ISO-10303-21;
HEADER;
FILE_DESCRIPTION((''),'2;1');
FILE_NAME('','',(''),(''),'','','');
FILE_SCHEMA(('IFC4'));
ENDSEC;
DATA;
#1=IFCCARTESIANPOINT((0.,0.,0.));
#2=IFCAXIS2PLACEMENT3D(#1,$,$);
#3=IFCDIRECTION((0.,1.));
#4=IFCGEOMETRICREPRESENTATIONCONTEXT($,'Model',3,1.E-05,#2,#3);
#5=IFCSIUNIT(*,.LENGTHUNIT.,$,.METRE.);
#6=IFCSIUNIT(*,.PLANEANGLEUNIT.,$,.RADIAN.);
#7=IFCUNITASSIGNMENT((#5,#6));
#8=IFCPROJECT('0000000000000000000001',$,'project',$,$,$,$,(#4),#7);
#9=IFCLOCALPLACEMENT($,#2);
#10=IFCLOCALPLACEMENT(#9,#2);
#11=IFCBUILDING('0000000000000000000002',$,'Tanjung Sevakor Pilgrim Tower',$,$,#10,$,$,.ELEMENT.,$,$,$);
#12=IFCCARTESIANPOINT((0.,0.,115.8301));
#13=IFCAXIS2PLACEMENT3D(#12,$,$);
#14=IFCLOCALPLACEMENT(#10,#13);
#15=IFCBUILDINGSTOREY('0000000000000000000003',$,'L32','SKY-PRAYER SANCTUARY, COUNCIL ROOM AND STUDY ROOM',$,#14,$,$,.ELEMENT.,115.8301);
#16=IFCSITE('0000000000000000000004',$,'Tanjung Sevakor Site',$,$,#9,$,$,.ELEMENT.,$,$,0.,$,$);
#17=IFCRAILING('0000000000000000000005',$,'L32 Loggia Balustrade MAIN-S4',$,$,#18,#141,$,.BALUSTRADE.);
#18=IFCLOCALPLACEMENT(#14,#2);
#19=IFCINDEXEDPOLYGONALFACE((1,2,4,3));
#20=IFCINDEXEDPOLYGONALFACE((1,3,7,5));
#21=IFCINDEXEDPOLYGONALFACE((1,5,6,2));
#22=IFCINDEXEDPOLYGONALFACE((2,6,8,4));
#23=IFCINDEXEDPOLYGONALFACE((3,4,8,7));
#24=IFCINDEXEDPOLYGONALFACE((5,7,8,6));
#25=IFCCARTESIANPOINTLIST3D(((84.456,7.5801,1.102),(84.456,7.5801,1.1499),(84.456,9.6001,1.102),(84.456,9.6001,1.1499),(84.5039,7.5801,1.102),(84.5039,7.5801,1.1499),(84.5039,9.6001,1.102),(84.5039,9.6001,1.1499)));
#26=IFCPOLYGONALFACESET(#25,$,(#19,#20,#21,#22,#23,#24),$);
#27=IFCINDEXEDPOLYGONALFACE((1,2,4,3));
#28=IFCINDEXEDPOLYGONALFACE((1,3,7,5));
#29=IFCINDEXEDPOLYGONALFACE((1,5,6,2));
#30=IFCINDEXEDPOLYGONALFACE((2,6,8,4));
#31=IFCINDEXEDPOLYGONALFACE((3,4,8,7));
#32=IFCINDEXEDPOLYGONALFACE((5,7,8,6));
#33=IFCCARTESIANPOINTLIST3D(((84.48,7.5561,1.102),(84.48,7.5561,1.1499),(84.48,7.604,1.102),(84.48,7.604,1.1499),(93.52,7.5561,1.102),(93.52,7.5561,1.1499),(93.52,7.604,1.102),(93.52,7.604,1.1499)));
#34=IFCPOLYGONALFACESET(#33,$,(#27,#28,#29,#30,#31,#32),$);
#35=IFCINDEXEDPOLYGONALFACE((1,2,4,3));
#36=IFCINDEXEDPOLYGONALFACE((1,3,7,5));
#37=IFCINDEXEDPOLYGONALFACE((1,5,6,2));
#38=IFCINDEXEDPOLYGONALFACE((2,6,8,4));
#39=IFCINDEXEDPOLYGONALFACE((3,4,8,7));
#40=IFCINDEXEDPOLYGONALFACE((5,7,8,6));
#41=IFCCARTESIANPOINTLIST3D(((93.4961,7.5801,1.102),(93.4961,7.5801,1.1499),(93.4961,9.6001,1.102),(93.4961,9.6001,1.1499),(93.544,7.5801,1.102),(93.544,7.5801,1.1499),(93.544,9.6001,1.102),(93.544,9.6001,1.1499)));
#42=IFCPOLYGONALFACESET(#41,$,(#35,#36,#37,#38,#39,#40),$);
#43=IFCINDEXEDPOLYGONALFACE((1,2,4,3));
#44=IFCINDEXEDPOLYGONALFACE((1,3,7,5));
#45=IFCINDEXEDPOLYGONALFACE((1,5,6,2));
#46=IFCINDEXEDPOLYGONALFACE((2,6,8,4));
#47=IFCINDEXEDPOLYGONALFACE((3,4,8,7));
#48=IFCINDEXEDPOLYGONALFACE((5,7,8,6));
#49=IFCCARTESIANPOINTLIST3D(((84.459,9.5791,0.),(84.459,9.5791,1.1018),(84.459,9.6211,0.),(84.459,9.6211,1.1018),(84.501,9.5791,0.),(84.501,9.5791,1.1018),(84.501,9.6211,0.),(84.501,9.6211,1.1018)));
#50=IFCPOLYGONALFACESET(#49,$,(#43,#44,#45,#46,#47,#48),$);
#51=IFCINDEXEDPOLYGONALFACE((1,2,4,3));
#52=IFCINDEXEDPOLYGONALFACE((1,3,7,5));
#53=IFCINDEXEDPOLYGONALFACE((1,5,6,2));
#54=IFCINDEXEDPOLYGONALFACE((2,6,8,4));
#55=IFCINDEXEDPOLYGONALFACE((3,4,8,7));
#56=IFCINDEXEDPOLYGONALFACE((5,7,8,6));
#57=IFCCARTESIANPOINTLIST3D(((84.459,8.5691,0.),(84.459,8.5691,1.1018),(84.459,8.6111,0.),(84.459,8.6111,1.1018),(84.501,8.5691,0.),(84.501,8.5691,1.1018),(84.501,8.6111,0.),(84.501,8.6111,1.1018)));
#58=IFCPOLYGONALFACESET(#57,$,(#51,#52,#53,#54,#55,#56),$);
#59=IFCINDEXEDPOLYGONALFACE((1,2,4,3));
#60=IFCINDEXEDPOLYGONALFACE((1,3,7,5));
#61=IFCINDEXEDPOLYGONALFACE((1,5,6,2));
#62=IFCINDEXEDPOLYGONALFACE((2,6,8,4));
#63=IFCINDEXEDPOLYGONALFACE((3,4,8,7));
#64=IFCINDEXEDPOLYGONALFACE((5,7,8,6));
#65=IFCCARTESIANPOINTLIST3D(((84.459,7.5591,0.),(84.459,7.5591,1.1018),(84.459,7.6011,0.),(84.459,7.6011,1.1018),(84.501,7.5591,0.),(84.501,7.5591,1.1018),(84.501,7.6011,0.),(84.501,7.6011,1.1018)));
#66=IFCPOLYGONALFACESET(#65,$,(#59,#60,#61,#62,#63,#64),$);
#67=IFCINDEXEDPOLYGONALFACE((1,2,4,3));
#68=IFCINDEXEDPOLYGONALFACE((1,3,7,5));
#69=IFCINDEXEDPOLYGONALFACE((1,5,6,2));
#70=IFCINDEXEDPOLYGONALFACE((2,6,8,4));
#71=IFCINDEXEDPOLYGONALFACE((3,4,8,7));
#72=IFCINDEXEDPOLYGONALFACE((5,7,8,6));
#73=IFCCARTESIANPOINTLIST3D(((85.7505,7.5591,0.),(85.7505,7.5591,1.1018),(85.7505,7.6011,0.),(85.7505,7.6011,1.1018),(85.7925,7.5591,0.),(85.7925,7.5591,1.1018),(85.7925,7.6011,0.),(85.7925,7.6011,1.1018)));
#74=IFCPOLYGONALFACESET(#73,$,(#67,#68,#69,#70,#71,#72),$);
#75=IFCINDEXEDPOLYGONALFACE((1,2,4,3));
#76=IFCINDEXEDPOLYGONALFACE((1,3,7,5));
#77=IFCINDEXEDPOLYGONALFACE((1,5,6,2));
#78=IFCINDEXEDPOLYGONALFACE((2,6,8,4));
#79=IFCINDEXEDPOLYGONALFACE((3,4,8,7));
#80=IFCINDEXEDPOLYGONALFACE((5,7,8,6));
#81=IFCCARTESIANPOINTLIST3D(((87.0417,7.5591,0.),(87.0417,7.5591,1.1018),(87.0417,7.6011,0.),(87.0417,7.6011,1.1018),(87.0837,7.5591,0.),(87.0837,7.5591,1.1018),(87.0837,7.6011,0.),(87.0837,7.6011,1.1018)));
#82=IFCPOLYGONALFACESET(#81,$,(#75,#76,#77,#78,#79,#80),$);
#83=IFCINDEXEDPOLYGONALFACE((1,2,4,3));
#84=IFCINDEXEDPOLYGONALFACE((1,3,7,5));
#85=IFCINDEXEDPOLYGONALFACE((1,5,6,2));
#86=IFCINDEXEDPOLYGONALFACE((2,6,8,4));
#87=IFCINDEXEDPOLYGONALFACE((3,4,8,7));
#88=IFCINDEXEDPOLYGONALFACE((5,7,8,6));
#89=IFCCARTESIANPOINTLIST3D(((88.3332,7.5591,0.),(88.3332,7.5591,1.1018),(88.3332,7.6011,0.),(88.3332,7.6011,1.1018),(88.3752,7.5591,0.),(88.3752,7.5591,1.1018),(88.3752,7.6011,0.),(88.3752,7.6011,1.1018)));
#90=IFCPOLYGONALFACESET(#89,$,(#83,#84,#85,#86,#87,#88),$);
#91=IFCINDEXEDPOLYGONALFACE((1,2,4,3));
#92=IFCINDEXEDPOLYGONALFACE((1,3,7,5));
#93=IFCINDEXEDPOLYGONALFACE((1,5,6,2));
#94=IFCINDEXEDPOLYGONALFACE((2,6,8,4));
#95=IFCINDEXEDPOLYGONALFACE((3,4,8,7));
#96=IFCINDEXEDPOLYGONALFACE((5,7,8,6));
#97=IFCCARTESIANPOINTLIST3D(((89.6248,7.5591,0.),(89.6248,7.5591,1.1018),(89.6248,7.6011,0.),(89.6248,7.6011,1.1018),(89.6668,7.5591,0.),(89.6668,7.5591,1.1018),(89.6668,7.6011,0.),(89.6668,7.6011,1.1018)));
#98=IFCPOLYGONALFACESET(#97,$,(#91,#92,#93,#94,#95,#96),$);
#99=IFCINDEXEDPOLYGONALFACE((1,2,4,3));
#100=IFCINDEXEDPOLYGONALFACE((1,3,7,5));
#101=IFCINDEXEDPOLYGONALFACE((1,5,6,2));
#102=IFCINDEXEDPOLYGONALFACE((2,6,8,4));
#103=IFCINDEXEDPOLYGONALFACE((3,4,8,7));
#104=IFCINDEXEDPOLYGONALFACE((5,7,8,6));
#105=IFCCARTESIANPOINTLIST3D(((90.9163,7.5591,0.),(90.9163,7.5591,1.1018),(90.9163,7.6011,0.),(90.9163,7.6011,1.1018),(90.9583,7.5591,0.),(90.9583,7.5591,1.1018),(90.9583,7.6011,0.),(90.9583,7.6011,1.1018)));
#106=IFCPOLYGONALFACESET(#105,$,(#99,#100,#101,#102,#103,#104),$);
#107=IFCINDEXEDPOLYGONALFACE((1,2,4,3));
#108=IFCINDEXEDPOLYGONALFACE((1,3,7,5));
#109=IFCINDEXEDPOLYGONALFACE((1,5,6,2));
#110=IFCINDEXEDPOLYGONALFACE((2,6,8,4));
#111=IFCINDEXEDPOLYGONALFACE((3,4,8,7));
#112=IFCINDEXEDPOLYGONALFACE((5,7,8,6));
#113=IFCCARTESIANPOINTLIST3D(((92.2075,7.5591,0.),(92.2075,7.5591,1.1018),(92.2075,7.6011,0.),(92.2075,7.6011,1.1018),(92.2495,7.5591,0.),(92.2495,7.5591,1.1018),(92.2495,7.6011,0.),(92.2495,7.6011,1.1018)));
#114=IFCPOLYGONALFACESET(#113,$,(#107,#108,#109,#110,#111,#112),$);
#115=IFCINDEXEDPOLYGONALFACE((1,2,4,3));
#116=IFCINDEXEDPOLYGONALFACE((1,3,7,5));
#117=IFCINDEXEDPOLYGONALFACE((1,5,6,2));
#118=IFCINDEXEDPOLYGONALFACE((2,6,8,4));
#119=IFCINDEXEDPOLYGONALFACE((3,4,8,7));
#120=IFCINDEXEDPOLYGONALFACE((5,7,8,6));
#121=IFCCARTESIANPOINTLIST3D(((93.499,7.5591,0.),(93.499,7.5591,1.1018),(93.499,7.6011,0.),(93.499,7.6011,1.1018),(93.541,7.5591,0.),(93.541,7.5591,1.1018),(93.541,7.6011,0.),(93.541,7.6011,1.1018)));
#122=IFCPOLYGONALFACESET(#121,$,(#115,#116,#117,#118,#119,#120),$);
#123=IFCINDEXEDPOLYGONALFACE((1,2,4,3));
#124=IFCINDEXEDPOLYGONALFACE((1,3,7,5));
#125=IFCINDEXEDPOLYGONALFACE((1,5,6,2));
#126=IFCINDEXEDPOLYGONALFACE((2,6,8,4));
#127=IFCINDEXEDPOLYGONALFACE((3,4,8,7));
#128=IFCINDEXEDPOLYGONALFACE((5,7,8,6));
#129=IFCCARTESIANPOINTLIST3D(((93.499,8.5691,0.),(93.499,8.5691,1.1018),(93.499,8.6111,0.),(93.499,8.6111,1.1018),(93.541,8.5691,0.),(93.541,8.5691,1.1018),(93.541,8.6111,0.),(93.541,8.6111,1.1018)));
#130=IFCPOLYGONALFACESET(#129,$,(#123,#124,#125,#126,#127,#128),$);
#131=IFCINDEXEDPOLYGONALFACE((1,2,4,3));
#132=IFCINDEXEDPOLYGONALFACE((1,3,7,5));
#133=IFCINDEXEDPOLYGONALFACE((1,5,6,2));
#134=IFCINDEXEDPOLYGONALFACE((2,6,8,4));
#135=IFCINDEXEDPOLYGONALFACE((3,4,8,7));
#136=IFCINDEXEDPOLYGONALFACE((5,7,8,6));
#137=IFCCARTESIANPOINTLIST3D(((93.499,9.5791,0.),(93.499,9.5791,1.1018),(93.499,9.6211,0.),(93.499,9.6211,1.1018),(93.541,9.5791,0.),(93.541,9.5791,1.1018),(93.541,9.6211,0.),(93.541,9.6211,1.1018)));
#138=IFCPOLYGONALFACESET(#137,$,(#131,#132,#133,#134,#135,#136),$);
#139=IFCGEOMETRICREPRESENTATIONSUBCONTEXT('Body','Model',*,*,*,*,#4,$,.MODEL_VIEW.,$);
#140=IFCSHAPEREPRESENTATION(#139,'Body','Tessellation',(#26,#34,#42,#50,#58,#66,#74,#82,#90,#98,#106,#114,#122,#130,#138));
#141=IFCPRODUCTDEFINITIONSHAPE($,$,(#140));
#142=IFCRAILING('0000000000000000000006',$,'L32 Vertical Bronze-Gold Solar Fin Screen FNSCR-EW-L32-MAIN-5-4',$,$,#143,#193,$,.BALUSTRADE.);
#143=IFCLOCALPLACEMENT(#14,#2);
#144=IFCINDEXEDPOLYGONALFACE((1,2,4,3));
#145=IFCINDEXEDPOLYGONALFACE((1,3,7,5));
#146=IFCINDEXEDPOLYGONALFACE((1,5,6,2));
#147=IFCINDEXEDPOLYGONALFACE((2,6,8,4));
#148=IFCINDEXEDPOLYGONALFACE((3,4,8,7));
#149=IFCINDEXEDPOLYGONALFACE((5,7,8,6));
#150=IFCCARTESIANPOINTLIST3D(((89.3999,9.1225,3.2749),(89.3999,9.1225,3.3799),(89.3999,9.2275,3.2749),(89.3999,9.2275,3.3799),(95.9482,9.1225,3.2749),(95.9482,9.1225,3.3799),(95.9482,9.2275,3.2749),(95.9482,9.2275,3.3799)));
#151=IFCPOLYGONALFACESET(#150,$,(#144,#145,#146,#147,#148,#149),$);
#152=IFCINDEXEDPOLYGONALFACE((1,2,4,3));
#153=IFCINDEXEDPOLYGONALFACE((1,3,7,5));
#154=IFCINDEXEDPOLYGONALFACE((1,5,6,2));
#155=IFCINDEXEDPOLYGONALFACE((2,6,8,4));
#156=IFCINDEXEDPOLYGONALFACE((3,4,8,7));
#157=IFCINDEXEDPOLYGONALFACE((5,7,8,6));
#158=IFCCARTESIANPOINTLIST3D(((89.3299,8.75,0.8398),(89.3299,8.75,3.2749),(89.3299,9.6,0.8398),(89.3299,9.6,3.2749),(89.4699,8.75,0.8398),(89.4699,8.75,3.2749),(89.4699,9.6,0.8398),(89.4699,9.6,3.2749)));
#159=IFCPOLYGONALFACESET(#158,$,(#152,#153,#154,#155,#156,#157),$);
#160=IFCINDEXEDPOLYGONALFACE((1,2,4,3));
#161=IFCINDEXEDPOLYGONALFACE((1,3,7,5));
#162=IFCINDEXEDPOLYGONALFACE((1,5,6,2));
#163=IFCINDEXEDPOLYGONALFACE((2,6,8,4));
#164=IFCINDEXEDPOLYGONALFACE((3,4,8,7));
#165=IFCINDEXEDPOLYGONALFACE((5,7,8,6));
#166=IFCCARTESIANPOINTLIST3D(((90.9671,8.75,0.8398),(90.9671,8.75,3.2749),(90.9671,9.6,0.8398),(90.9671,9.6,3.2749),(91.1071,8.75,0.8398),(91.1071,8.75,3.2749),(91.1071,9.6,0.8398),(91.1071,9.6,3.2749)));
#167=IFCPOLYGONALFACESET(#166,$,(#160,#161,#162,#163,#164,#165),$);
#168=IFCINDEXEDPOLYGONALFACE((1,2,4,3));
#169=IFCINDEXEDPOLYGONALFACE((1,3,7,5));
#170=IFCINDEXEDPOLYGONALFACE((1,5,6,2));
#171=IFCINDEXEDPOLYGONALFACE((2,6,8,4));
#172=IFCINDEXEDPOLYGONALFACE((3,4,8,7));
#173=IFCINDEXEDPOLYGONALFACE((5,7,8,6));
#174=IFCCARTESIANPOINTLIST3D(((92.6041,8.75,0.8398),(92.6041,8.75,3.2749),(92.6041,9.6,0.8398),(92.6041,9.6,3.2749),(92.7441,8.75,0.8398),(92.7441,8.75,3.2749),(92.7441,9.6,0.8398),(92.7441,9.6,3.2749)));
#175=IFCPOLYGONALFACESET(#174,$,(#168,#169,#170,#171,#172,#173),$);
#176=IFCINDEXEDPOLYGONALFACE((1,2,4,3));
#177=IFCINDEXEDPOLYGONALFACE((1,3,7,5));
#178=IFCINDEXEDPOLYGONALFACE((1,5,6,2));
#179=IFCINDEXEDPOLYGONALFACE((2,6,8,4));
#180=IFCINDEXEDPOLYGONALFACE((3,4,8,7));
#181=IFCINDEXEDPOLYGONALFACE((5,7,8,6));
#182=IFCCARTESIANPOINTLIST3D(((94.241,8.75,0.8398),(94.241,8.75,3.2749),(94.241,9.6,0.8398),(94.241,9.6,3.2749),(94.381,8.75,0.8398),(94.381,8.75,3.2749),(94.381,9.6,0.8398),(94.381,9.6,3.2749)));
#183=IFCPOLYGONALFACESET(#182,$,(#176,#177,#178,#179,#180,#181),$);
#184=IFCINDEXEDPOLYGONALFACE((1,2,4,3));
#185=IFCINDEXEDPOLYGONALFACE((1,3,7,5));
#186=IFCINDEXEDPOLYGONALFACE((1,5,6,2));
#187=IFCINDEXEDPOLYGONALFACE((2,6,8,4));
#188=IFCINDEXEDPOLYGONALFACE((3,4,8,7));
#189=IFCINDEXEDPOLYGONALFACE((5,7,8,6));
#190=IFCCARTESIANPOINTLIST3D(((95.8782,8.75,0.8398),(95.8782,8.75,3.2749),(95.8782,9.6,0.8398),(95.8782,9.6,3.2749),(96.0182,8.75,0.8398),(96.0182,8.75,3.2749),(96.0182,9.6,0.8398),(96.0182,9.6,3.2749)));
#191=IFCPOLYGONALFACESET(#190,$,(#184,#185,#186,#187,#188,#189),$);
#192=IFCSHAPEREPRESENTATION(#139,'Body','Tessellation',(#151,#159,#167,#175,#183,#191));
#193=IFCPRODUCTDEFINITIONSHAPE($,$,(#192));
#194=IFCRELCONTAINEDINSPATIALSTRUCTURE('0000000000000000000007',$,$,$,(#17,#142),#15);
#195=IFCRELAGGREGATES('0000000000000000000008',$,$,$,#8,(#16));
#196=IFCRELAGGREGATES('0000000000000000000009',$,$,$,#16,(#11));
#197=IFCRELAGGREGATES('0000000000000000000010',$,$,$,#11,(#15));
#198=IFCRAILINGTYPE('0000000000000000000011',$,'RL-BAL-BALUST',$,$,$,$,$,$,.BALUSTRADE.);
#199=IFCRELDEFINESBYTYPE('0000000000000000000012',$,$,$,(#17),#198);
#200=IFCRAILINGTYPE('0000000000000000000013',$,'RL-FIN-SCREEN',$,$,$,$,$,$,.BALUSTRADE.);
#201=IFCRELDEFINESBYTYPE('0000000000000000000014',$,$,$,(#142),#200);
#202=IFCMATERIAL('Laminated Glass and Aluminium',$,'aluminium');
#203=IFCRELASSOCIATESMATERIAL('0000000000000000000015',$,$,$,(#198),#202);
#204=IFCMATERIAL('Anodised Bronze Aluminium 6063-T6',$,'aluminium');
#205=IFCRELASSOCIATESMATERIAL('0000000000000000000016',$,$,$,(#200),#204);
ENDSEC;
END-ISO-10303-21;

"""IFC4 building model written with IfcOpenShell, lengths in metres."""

from ifc_helpers import new_model, si_unit, direction, frame, origin, place, context, subcontext, project, spatial, rectangle, extrude, material, type_object, element, save


model = new_model("IFC4")

# Units and contexts
model_context = context("Model", 3, precision=1e-05, world=origin(), true_north=direction((0.0, 1.0)))
body_context = subcontext(model_context, "Body", "Model", "MODEL_VIEW")
ifc_project = project(units=[si_unit("LENGTHUNIT", "METRE"), si_unit("PLANEANGLEUNIT", "RADIAN")], contexts=[model_context])

# Site, building, storey
site_placement = place(None, origin())
site = spatial("IfcSite", under=ifc_project, at=site_placement, Name="Tanjung Sevakor Site", CompositionType="ELEMENT", RefElevation=0.0)
building_placement = place(site_placement, origin())
building = spatial("IfcBuilding", under=site, at=building_placement, Name="Tanjung Sevakor Pilgrim Tower", CompositionType="ELEMENT")
storey_placement = place(building_placement, frame((0.0, 0.0, 115.8301)))
storey = spatial("IfcBuildingStorey", under=building, at=storey_placement, Name="L32", Description="SKY-PRAYER SANCTUARY, COUNCIL ROOM AND STUDY ROOM", CompositionType="ELEMENT", Elevation=115.8301)

# Railings
ifc_material_1 = material(Name="Laminated Glass and Aluminium", Category="aluminium")
railing_type_1 = type_object("IfcRailingType", Name="RL-BAL-BALUST", PredefinedType="BALUSTRADE", material=ifc_material_1)
railing_1_placement = place(storey_placement, frame((84.48, 9.6001, 0.0)))
element("IfcRailing", 1, at=railing_1_placement, inside=storey, type_object=railing_type_1, Name="L32 Loggia Balustrade MAIN-S4", PredefinedType="BALUSTRADE", context=body_context, shape_type="SweptSolid", body=[
    extrude(rectangle(XDim=0.0479, YDim=0.0479), frame((0.0, 0.0, 1.126), z_axis=(0.0, -1.0, 0.0), x_axis=(1.0, 0.0, 0.0)), (0.0, 0.0, 1.0), 2.02),
    extrude(rectangle(XDim=0.0479, YDim=0.0479), frame((0.0, -2.02, 1.126), z_axis=(1.0, 0.0, 0.0), x_axis=(0.0, 1.0, 0.0)), (0.0, 0.0, 1.0), 9.04),
    extrude(rectangle(XDim=0.0479, YDim=0.0479), frame((9.04, -2.02, 1.126), z_axis=(0.0, 1.0, 0.0), x_axis=(-1.0, 0.0, 0.0)), (0.0, 0.0, 1.0), 2.02),
    extrude(rectangle(XDim=0.042, YDim=0.042), origin(), (0.0, 0.0, 1.0), 1.1018),
    extrude(rectangle(XDim=0.042, YDim=0.042), frame((0.0, -1.01, 0.0)), (0.0, 0.0, 1.0), 1.1018),
    extrude(rectangle(XDim=0.042, YDim=0.042), frame((0.0, -2.02, 0.0)), (0.0, 0.0, 1.0), 1.1018),
    extrude(rectangle(XDim=0.042, YDim=0.042), frame((1.2915, -2.02, 0.0)), (0.0, 0.0, 1.0), 1.1018),
    extrude(rectangle(XDim=0.042, YDim=0.042), frame((2.5828, -2.02, 0.0)), (0.0, 0.0, 1.0), 1.1018),
    extrude(rectangle(XDim=0.042, YDim=0.042), frame((3.8743, -2.02, 0.0)), (0.0, 0.0, 1.0), 1.1018),
    extrude(rectangle(XDim=0.042, YDim=0.042), frame((5.1658, -2.02, 0.0)), (0.0, 0.0, 1.0), 1.1018),
    extrude(rectangle(XDim=0.042, YDim=0.042), frame((6.4573, -2.02, 0.0)), (0.0, 0.0, 1.0), 1.1018),
    extrude(rectangle(XDim=0.042, YDim=0.042), frame((7.7485, -2.02, 0.0)), (0.0, 0.0, 1.0), 1.1018),
    extrude(rectangle(XDim=0.042, YDim=0.042), frame((9.04, -2.02, 0.0)), (0.0, 0.0, 1.0), 1.1018),
    extrude(rectangle(XDim=0.042, YDim=0.042), frame((9.04, -1.01, 0.0)), (0.0, 0.0, 1.0), 1.1018),
    extrude(rectangle(XDim=0.042, YDim=0.042), frame((9.04, 0.0, 0.0)), (0.0, 0.0, 1.0), 1.1018),
])
ifc_material_2 = material(Name="Anodised Bronze Aluminium 6063-T6", Category="aluminium")
railing_type_2 = type_object("IfcRailingType", Name="RL-FIN-SCREEN", PredefinedType="BALUSTRADE", material=ifc_material_2)
railing_2_placement = place(storey_placement, frame((89.3999, 9.175, 0.8398)))
element("IfcRailing", 2, at=railing_2_placement, inside=storey, type_object=railing_type_2, Name="L32 Vertical Bronze-Gold Solar Fin Screen FNSCR-EW-L32-MAIN-5-4", PredefinedType="BALUSTRADE", context=body_context, shape_type="SweptSolid", body=[
    extrude(rectangle(XDim=0.105, YDim=0.105), frame((0.0, 0.0, 2.4875), z_axis=(1.0, 0.0, 0.0), x_axis=(0.0, 1.0, 0.0)), (0.0, 0.0, 1.0), 6.5483),
    extrude(rectangle(XDim=0.14, YDim=0.85), origin(), (0.0, 0.0, 1.0), 2.4351),
    extrude(rectangle(XDim=0.14, YDim=0.85), frame((1.6372, 0.0, 0.0)), (0.0, 0.0, 1.0), 2.4351),
    extrude(rectangle(XDim=0.14, YDim=0.85), frame((3.2742, 0.0, 0.0)), (0.0, 0.0, 1.0), 2.4351),
    extrude(rectangle(XDim=0.14, YDim=0.85), frame((4.9111, 0.0, 0.0)), (0.0, 0.0, 1.0), 2.4351),
    extrude(rectangle(XDim=0.14, YDim=0.85), frame((6.5483, 0.0, 0.0)), (0.0, 0.0, 1.0), 2.4351),
])

save(model, "model.ifc")
